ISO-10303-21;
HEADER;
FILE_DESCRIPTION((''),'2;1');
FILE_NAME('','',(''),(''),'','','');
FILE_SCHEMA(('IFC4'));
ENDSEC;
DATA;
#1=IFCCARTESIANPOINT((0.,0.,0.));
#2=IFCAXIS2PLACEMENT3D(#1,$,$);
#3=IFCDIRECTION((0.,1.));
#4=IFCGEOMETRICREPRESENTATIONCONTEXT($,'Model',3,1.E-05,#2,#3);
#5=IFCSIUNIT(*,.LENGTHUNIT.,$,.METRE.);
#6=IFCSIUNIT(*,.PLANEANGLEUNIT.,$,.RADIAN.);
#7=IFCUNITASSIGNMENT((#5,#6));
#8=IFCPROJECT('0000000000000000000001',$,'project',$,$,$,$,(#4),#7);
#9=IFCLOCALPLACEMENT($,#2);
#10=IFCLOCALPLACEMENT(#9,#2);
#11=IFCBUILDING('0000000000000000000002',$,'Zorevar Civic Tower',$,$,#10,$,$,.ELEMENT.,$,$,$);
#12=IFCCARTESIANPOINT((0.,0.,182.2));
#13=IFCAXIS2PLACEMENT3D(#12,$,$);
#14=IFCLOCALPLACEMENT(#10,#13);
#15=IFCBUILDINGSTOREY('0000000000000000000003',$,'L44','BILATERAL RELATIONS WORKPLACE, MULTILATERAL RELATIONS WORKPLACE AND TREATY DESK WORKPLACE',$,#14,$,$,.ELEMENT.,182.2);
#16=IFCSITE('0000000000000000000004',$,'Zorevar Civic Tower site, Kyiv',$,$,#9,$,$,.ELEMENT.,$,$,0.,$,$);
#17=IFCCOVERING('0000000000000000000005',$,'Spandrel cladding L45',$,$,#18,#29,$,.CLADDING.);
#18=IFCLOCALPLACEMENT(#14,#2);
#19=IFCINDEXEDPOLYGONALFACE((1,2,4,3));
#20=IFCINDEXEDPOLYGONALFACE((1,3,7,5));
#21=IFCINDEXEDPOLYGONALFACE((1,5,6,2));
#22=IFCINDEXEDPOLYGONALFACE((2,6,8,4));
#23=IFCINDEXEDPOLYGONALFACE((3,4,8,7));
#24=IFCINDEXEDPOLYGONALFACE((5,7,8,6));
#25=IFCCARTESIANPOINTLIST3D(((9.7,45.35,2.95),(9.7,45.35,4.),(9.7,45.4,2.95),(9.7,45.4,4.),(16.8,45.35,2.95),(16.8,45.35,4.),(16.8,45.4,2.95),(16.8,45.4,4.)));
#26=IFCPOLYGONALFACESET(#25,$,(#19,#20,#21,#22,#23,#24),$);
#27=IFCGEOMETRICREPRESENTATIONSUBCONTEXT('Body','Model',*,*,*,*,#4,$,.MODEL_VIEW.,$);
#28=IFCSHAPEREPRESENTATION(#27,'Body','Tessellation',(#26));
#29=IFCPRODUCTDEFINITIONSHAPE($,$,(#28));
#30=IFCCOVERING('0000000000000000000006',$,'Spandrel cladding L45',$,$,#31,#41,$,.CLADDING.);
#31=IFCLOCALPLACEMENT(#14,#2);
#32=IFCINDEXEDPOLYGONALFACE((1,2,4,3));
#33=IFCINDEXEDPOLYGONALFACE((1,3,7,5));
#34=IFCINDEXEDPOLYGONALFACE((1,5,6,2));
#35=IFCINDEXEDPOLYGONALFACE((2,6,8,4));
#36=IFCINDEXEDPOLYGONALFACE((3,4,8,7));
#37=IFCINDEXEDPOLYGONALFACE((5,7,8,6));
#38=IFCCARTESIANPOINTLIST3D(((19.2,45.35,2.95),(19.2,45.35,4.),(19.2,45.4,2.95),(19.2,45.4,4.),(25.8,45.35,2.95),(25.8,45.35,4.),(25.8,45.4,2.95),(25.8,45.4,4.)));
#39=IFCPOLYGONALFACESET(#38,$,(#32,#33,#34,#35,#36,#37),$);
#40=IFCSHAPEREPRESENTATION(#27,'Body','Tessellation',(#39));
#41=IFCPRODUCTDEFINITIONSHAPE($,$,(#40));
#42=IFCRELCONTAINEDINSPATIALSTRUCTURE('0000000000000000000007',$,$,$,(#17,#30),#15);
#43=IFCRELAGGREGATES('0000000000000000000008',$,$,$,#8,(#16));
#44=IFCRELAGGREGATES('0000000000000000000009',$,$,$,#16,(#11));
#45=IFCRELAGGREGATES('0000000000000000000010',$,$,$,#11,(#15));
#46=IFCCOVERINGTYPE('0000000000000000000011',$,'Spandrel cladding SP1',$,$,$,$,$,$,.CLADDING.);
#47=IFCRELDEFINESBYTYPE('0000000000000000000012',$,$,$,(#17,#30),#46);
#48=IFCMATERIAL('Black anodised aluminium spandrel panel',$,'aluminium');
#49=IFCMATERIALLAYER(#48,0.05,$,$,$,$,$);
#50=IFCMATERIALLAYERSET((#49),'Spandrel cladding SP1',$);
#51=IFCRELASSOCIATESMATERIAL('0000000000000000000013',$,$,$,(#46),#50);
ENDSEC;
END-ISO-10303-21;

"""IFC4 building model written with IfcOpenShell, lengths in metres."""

from ifc_helpers import new_model, si_unit, direction, frame, frame_2d, origin, place, context, subcontext, project, spatial, rectangle, extrude, material, layer, layer_set, type_object, element, save


model = new_model("IFC4")

# Units and contexts
model_context = context("Model", 3, precision=1e-05, world=origin(), true_north=direction((0.0, 1.0)))
body_context = subcontext(model_context, "Body", "Model", "MODEL_VIEW")
ifc_project = project(units=[si_unit("LENGTHUNIT", "METRE"), si_unit("PLANEANGLEUNIT", "RADIAN")], contexts=[model_context])

# Site, building, storey
site_placement = place(None, origin())
site = spatial("IfcSite", under=ifc_project, at=site_placement, Name="Zorevar Civic Tower site, Kyiv", CompositionType="ELEMENT", RefElevation=0.0)
building_placement = place(site_placement, origin())
building = spatial("IfcBuilding", under=site, at=building_placement, Name="Zorevar Civic Tower", CompositionType="ELEMENT")
storey_placement = place(building_placement, frame((0.0, 0.0, 182.2)))
storey = spatial("IfcBuildingStorey", under=building, at=storey_placement, Name="L44", Description="BILATERAL RELATIONS WORKPLACE, MULTILATERAL RELATIONS WORKPLACE AND TREATY DESK WORKPLACE", CompositionType="ELEMENT", Elevation=182.2)

# Coverings
ifc_material_1 = material(Name="Black anodised aluminium spandrel panel", Category="aluminium")
ifc_layer_1 = layer(ifc_material_1, 0.05)
ifc_layer_set_1 = layer_set([ifc_layer_1], Name="Spandrel cladding SP1")
covering_type = type_object("IfcCoveringType", Name="Spandrel cladding SP1", PredefinedType="CLADDING", material=ifc_layer_set_1)
covering_1_placement = place(storey_placement, frame((9.7, 45.375, 2.95), z_axis=(0.0, 0.0, 1.0), x_axis=(1.0, 0.0, 0.0)))
element("IfcCovering", 1, at=covering_1_placement, inside=storey, type_object=covering_type, Name="Spandrel cladding L45", PredefinedType="CLADDING", context=body_context, shape_type="SweptSolid", body=[
    extrude(rectangle(XDim=7.1001, YDim=0.05, at=frame_2d((3.55, 0.0))), origin(), (0.0, 0.0, 1.0), 1.05),
])
covering_2_placement = place(storey_placement, frame((19.2, 45.375, 2.95), z_axis=(0.0, 0.0, 1.0), x_axis=(1.0, 0.0, 0.0)))
element("IfcCovering", 2, at=covering_2_placement, inside=storey, type_object=covering_type, Name="Spandrel cladding L45", PredefinedType="CLADDING", context=body_context, shape_type="SweptSolid", body=[
    extrude(rectangle(XDim=6.6001, YDim=0.05, at=frame_2d((3.3, 0.0))), origin(), (0.0, 0.0, 1.0), 1.05),
])

save(model, "model.ifc")
